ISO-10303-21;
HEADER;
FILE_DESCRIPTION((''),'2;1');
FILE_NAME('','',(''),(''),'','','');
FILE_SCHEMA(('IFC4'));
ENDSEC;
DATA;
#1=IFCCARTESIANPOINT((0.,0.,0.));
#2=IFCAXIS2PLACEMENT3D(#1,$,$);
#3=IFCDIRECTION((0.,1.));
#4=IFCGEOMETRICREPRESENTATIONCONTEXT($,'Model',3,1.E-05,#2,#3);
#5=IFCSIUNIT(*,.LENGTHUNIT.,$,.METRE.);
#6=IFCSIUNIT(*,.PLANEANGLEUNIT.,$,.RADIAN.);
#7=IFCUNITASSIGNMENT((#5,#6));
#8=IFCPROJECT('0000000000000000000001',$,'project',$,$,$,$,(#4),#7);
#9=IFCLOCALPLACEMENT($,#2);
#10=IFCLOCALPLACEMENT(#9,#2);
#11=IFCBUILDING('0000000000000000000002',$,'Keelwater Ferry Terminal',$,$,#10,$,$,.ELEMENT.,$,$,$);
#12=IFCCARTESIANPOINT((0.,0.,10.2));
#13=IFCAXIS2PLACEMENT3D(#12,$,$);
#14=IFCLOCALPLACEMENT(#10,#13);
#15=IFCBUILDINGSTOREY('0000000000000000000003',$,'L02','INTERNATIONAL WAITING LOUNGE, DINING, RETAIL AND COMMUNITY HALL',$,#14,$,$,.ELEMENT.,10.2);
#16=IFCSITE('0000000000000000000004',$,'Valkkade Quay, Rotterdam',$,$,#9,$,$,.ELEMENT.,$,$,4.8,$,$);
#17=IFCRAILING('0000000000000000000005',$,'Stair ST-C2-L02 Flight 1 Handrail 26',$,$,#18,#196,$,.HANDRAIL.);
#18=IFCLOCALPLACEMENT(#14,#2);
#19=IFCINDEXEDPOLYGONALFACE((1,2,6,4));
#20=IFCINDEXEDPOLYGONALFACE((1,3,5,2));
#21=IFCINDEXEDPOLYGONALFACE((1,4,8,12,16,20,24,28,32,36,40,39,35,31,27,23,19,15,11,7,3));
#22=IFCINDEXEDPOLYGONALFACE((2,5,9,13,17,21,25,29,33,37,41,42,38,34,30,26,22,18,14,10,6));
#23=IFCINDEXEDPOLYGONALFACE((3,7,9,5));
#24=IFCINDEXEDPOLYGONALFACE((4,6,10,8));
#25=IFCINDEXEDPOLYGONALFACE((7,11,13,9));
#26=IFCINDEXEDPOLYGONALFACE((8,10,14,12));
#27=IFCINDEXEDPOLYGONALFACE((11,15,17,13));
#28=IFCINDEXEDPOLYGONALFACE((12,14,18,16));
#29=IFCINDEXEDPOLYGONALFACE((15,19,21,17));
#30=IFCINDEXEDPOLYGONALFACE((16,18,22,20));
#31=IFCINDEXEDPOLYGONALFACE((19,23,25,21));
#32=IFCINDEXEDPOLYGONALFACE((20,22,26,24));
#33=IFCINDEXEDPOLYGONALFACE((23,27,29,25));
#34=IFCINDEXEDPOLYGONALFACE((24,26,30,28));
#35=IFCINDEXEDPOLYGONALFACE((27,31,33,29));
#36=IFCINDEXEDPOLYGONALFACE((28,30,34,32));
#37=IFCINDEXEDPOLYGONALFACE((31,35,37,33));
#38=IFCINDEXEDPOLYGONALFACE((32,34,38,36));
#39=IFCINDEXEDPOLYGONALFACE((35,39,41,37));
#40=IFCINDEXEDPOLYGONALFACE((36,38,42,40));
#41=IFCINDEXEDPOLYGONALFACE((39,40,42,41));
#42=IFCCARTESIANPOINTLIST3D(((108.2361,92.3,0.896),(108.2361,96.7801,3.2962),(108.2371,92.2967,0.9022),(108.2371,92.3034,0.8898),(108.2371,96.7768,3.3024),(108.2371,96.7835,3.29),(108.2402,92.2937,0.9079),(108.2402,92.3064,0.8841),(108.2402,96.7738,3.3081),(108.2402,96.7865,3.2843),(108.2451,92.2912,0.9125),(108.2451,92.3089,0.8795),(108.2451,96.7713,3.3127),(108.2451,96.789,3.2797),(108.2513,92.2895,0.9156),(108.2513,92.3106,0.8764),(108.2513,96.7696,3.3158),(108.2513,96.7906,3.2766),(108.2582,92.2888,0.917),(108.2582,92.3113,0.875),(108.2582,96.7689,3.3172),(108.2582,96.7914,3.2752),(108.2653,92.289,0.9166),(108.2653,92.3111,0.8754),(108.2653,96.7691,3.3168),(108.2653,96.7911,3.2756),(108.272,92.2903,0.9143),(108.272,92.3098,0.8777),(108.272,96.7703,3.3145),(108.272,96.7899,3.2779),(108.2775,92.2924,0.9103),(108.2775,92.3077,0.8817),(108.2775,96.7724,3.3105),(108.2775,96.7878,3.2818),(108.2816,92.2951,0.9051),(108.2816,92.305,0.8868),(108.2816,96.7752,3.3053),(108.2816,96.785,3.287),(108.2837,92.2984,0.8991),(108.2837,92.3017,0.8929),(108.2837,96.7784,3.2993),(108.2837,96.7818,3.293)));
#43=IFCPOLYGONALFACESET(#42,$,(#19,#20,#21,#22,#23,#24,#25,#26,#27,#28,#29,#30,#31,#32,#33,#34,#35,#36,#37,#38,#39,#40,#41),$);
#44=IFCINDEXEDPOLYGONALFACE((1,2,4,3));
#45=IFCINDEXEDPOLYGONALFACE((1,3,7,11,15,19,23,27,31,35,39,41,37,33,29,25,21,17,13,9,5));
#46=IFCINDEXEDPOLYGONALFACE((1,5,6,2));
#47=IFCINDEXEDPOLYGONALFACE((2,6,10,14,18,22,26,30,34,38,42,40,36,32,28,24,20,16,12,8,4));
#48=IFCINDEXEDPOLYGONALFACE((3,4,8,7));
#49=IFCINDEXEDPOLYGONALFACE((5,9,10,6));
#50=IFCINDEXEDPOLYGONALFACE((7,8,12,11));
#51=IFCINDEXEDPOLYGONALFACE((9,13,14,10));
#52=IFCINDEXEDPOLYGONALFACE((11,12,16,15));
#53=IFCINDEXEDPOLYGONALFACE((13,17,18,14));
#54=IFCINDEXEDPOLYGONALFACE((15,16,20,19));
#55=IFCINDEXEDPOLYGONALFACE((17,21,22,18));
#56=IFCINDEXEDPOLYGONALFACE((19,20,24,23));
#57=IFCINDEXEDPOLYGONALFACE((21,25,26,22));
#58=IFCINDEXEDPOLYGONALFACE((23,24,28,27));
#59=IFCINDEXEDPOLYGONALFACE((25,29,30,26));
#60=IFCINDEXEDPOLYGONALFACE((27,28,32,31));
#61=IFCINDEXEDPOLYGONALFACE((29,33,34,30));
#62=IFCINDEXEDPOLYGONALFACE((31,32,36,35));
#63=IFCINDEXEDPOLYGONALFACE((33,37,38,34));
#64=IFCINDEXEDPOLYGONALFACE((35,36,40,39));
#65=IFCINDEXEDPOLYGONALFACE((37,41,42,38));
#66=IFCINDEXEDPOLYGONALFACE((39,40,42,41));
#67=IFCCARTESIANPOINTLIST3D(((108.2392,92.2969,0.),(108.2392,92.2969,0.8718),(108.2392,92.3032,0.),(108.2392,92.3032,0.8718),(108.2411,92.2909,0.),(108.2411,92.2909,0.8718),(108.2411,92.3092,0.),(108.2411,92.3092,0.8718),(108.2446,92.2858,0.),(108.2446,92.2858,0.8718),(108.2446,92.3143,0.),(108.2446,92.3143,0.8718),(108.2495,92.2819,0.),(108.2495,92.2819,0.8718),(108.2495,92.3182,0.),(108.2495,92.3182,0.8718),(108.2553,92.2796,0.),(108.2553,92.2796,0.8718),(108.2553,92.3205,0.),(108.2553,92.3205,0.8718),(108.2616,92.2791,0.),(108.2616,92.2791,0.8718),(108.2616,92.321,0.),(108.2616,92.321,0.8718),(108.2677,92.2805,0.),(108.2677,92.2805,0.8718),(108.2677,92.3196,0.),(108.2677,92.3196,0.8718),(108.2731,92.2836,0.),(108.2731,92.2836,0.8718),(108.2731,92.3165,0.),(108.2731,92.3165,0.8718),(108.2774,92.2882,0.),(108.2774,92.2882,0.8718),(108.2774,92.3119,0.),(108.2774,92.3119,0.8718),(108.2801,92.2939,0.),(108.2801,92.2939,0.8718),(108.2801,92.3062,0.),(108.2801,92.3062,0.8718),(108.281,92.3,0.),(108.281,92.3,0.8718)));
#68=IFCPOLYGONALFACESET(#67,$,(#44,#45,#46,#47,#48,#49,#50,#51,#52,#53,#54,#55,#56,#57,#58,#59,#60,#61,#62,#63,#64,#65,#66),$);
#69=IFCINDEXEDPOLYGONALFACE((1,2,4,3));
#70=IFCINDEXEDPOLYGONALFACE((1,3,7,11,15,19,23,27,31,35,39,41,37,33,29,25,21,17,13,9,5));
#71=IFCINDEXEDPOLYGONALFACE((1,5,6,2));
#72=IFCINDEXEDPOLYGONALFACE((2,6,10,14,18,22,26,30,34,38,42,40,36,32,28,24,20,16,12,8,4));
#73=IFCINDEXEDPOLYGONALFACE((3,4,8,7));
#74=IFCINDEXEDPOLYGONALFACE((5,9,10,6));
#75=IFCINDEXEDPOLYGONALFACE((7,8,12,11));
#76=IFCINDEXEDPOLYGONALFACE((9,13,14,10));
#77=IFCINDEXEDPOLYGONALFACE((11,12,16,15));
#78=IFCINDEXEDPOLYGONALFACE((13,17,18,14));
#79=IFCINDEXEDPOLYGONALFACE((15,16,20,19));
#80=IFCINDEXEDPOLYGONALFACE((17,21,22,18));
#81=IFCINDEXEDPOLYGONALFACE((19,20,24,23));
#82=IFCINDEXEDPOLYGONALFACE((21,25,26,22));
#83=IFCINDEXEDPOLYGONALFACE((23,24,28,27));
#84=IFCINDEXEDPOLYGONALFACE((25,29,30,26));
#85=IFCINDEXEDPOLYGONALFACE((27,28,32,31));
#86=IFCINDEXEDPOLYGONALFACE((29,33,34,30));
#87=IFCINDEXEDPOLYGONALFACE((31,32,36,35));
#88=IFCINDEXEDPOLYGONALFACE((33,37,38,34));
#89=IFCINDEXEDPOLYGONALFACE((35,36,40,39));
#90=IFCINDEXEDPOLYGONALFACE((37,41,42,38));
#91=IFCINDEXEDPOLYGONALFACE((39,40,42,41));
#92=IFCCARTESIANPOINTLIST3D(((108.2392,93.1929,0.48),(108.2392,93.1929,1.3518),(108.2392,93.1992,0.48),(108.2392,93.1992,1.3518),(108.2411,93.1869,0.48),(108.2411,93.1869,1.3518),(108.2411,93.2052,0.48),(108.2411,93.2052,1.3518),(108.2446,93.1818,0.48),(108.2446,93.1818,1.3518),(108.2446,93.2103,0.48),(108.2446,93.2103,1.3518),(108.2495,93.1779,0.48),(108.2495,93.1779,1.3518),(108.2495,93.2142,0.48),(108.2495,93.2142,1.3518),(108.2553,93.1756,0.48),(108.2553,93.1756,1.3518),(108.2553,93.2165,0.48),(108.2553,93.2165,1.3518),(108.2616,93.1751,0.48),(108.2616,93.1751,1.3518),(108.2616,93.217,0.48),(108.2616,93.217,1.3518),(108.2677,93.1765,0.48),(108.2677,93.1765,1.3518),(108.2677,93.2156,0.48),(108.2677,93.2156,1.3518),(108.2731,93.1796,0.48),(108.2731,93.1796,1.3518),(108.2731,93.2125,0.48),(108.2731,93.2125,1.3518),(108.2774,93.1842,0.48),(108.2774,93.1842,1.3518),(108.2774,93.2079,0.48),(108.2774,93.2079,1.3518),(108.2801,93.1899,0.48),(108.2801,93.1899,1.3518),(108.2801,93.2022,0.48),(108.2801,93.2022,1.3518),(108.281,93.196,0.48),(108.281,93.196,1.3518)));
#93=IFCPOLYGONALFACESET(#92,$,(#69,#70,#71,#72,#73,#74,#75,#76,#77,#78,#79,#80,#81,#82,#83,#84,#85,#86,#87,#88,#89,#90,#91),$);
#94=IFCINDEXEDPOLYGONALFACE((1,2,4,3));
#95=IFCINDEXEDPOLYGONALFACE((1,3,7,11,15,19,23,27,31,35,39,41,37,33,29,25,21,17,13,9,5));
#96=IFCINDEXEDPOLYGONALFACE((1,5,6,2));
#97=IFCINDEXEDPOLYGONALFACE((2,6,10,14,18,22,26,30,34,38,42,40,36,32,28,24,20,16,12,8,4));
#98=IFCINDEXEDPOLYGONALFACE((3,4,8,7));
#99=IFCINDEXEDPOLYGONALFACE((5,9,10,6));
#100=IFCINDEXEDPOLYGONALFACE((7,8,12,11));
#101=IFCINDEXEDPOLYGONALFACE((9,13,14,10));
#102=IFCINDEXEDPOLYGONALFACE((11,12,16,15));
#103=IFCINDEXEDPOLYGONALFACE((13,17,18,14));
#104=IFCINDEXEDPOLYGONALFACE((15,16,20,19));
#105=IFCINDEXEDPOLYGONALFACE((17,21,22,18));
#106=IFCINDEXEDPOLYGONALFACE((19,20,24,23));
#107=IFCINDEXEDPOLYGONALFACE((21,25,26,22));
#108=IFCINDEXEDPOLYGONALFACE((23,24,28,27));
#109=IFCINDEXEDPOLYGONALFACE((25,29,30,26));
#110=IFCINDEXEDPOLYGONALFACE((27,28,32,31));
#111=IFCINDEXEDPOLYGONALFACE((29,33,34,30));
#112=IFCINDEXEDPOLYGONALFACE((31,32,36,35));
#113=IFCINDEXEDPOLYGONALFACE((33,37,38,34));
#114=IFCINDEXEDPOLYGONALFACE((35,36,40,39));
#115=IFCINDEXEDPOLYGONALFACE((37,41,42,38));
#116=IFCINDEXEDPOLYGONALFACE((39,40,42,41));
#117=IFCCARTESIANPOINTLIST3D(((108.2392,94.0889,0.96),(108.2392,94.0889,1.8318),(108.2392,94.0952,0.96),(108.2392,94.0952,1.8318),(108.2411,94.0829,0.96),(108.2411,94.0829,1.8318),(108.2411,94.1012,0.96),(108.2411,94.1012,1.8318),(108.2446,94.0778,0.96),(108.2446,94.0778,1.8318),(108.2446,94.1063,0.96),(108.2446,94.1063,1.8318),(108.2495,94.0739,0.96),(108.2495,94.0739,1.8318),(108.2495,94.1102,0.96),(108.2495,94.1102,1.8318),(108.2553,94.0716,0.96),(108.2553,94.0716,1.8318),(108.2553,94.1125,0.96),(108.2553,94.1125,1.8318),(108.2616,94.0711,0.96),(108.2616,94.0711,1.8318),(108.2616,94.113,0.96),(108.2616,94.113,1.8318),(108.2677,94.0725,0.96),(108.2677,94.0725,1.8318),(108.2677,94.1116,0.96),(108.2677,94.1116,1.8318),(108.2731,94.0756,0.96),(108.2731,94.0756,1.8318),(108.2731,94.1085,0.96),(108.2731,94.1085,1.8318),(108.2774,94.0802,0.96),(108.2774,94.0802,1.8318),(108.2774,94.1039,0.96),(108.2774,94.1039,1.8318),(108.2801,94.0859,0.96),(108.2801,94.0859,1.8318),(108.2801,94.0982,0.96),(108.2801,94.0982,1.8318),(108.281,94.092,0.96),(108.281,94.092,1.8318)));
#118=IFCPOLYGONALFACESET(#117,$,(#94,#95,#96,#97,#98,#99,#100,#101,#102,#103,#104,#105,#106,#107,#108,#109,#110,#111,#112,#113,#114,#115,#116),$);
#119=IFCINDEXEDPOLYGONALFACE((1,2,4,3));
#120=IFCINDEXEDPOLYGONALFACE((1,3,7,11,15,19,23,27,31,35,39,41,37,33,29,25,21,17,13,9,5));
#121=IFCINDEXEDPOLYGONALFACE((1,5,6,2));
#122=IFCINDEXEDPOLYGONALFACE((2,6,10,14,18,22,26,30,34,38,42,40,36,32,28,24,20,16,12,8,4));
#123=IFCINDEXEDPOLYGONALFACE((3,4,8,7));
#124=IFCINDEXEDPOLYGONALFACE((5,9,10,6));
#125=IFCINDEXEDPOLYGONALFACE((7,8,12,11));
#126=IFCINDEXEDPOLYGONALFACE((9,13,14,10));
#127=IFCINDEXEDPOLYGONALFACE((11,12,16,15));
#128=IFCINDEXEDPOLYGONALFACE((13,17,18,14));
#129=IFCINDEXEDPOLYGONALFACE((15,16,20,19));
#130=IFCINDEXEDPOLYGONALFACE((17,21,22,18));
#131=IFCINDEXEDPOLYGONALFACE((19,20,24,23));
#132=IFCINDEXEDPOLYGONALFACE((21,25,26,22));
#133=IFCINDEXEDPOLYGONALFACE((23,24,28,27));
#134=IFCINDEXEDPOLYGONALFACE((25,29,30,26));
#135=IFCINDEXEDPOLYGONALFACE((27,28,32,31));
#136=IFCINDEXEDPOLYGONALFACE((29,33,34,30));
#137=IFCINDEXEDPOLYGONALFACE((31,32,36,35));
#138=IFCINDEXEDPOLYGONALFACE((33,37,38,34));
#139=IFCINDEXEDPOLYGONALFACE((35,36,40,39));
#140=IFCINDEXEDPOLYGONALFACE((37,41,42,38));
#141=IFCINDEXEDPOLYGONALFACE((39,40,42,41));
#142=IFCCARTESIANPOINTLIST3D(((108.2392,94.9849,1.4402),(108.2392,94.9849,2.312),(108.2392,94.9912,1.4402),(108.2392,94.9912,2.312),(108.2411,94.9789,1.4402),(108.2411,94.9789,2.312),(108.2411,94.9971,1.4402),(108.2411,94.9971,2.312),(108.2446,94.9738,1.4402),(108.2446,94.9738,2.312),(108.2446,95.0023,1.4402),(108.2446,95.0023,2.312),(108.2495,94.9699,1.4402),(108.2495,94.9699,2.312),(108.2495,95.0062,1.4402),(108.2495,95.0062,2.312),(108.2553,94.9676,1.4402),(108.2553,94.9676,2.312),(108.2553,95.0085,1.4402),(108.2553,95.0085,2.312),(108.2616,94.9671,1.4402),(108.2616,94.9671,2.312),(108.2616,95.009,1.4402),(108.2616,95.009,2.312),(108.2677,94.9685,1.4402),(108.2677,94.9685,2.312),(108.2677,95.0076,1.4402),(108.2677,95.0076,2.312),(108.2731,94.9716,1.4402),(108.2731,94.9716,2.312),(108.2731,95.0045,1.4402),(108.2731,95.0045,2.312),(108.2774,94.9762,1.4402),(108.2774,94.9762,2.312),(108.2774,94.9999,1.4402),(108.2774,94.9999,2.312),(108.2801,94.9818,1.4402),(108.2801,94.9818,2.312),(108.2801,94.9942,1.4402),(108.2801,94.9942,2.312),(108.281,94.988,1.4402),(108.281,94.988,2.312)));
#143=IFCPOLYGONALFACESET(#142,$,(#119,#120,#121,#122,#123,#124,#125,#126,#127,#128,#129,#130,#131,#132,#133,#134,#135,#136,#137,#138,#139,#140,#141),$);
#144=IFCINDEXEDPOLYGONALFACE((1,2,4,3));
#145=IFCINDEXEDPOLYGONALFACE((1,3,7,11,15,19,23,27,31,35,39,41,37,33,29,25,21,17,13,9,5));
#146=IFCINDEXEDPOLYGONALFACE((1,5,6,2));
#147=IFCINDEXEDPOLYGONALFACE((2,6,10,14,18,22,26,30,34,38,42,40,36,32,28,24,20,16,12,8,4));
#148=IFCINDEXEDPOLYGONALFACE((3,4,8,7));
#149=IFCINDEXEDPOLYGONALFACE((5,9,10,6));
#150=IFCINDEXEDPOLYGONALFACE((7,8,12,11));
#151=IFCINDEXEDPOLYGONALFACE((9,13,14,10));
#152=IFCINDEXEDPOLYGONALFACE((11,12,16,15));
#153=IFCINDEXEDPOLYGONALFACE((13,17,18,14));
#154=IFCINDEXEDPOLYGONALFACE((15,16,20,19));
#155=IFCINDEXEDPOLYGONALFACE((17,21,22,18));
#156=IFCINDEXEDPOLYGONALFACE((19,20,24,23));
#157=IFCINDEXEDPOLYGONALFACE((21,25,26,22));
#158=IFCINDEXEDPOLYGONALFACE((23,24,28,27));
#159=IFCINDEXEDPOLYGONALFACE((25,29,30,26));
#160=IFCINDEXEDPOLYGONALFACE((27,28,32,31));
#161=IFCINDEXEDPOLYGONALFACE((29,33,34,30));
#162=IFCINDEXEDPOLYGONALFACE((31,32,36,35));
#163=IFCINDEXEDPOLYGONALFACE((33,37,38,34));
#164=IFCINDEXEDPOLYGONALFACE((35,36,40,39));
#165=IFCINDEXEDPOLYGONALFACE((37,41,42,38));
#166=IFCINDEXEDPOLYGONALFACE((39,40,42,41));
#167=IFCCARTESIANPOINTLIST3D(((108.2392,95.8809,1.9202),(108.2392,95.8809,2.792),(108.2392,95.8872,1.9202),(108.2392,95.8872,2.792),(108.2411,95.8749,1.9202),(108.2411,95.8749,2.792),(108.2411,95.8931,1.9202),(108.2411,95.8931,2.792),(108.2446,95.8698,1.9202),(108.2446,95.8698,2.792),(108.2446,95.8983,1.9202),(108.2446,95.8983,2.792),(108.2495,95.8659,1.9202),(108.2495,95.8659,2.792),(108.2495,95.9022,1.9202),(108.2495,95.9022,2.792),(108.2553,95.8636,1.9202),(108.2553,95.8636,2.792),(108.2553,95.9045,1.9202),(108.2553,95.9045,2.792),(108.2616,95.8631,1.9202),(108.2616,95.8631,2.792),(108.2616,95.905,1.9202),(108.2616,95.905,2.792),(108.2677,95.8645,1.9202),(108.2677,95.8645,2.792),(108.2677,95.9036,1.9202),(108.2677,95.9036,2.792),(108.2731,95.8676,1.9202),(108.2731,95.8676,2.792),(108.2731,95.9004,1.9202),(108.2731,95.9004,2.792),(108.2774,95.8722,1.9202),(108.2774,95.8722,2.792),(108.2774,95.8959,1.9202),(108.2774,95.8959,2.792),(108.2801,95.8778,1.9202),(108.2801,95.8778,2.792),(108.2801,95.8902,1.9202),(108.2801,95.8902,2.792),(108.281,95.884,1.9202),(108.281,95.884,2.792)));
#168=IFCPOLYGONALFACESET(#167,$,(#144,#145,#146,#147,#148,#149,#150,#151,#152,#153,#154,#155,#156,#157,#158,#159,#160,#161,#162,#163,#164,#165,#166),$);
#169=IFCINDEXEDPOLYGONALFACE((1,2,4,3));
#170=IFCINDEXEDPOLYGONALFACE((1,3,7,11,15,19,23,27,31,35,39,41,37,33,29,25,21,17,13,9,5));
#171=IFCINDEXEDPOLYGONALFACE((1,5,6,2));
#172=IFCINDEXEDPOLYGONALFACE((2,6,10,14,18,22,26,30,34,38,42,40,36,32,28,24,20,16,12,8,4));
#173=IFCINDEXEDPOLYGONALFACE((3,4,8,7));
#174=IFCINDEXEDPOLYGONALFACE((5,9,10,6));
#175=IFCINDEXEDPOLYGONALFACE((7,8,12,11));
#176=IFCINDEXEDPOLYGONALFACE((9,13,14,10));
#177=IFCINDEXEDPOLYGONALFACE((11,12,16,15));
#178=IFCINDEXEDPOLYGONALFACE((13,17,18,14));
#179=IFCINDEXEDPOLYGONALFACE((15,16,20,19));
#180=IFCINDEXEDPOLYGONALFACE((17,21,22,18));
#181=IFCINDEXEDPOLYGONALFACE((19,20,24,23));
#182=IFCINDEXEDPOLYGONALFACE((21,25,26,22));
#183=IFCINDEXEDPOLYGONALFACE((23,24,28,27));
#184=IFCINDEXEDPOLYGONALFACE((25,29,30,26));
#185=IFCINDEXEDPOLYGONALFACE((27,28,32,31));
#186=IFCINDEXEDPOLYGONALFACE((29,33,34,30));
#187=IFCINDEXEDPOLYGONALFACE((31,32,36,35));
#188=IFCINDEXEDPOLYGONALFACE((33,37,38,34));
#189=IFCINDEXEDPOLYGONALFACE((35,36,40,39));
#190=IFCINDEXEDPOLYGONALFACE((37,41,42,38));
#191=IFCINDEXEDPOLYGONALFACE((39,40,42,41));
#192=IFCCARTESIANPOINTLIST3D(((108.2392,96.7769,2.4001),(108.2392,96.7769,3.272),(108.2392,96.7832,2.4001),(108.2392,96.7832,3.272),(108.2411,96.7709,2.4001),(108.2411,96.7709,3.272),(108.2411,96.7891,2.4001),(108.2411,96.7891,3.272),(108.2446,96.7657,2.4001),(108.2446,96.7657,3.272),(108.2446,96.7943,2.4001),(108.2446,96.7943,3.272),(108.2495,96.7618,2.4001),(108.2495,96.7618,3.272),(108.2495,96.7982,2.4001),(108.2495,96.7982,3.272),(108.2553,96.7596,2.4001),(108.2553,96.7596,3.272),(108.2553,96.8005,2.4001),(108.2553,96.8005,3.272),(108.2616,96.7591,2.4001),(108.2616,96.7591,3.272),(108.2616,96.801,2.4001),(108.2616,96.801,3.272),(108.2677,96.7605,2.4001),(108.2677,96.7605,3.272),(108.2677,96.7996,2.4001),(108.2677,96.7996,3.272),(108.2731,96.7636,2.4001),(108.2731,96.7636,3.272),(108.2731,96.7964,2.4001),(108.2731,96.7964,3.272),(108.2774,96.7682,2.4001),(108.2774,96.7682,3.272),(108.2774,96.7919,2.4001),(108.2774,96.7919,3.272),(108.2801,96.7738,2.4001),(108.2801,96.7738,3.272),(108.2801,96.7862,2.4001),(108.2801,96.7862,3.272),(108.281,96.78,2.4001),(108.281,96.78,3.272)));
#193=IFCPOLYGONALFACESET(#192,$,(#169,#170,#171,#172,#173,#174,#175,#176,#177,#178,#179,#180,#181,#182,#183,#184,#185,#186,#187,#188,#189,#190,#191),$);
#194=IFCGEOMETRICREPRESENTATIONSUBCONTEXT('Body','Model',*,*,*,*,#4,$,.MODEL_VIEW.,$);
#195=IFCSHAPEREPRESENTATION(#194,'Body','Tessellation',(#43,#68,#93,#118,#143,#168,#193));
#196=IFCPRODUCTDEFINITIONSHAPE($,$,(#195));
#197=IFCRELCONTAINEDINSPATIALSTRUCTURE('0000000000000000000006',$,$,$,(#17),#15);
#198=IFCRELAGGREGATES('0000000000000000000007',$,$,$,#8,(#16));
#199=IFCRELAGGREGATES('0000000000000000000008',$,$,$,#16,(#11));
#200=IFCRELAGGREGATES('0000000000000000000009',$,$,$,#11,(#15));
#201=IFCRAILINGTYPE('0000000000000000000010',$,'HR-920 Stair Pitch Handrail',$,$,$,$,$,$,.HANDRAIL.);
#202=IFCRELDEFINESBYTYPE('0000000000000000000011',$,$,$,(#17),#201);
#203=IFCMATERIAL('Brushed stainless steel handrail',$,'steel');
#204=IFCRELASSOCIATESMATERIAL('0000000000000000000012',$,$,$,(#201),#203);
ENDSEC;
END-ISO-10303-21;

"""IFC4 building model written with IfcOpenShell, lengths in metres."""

from ifc_helpers import new_model, si_unit, direction, frame, origin, origin_2d, place, context, subcontext, project, spatial, circle, extrude, material, type_object, element, save


model = new_model("IFC4")

# Units and contexts
model_context = context("Model", 3, precision=1e-05, world=origin(), true_north=direction((0.0, 1.0)))
body_context = subcontext(model_context, "Body", "Model", "MODEL_VIEW")
ifc_project = project(units=[si_unit("LENGTHUNIT", "METRE"), si_unit("PLANEANGLEUNIT", "RADIAN")], contexts=[model_context])

# Site, building, storey
site_placement = place(None, origin())
site = spatial("IfcSite", under=ifc_project, at=site_placement, Name="Valkkade Quay, Rotterdam", CompositionType="ELEMENT", RefElevation=4.8)
building_placement = place(site_placement, origin())
building = spatial("IfcBuilding", under=site, at=building_placement, Name="Keelwater Ferry Terminal", CompositionType="ELEMENT")
storey_placement = place(building_placement, frame((0.0, 0.0, 10.2)))
storey = spatial("IfcBuildingStorey", under=building, at=storey_placement, Name="L02", Description="INTERNATIONAL WAITING LOUNGE, DINING, RETAIL AND COMMUNITY HALL", CompositionType="ELEMENT", Elevation=10.2)

# Railing
ifc_material_1 = material(Name="Brushed stainless steel handrail", Category="steel")
railing_type_1 = type_object("IfcRailingType", Name="HR-920 Stair Pitch Handrail", PredefinedType="HANDRAIL", material=ifc_material_1)
railing_1_placement = place(storey_placement, frame((108.26, 92.3, 0.0)))
element("IfcRailing", 1, at=railing_1_placement, inside=storey, type_object=railing_type_1, Name="Stair ST-C2-L02 Flight 1 Handrail 26", PredefinedType="HANDRAIL", context=body_context, shape_type="SweptSolid", body=[
    extrude(circle(Radius=0.0239, at=origin_2d()), frame((0.0, 0.0, 0.896), z_axis=(0.0, 0.881467, 0.472245), x_axis=(-1.0, 0.0, 0.0)), (0.0, 0.0, 1.0), 5.0825),
    extrude(circle(Radius=0.021, at=origin_2d()), origin(), (0.0, 0.0, 1.0), 0.8718),
    extrude(circle(Radius=0.021, at=origin_2d()), frame((0.0, 0.896, 0.48)), (0.0, 0.0, 1.0), 0.8718),
    extrude(circle(Radius=0.021, at=origin_2d()), frame((0.0, 1.792, 0.96)), (0.0, 0.0, 1.0), 0.8718),
    extrude(circle(Radius=0.021, at=origin_2d()), frame((0.0, 2.688, 1.4402)), (0.0, 0.0, 1.0), 0.8718),
    extrude(circle(Radius=0.021, at=origin_2d()), frame((0.0, 3.584, 1.9202)), (0.0, 0.0, 1.0), 0.8718),
    extrude(circle(Radius=0.021, at=origin_2d()), frame((0.0, 4.48, 2.4001)), (0.0, 0.0, 1.0), 0.8718),
])

save(model, "model.ifc")
